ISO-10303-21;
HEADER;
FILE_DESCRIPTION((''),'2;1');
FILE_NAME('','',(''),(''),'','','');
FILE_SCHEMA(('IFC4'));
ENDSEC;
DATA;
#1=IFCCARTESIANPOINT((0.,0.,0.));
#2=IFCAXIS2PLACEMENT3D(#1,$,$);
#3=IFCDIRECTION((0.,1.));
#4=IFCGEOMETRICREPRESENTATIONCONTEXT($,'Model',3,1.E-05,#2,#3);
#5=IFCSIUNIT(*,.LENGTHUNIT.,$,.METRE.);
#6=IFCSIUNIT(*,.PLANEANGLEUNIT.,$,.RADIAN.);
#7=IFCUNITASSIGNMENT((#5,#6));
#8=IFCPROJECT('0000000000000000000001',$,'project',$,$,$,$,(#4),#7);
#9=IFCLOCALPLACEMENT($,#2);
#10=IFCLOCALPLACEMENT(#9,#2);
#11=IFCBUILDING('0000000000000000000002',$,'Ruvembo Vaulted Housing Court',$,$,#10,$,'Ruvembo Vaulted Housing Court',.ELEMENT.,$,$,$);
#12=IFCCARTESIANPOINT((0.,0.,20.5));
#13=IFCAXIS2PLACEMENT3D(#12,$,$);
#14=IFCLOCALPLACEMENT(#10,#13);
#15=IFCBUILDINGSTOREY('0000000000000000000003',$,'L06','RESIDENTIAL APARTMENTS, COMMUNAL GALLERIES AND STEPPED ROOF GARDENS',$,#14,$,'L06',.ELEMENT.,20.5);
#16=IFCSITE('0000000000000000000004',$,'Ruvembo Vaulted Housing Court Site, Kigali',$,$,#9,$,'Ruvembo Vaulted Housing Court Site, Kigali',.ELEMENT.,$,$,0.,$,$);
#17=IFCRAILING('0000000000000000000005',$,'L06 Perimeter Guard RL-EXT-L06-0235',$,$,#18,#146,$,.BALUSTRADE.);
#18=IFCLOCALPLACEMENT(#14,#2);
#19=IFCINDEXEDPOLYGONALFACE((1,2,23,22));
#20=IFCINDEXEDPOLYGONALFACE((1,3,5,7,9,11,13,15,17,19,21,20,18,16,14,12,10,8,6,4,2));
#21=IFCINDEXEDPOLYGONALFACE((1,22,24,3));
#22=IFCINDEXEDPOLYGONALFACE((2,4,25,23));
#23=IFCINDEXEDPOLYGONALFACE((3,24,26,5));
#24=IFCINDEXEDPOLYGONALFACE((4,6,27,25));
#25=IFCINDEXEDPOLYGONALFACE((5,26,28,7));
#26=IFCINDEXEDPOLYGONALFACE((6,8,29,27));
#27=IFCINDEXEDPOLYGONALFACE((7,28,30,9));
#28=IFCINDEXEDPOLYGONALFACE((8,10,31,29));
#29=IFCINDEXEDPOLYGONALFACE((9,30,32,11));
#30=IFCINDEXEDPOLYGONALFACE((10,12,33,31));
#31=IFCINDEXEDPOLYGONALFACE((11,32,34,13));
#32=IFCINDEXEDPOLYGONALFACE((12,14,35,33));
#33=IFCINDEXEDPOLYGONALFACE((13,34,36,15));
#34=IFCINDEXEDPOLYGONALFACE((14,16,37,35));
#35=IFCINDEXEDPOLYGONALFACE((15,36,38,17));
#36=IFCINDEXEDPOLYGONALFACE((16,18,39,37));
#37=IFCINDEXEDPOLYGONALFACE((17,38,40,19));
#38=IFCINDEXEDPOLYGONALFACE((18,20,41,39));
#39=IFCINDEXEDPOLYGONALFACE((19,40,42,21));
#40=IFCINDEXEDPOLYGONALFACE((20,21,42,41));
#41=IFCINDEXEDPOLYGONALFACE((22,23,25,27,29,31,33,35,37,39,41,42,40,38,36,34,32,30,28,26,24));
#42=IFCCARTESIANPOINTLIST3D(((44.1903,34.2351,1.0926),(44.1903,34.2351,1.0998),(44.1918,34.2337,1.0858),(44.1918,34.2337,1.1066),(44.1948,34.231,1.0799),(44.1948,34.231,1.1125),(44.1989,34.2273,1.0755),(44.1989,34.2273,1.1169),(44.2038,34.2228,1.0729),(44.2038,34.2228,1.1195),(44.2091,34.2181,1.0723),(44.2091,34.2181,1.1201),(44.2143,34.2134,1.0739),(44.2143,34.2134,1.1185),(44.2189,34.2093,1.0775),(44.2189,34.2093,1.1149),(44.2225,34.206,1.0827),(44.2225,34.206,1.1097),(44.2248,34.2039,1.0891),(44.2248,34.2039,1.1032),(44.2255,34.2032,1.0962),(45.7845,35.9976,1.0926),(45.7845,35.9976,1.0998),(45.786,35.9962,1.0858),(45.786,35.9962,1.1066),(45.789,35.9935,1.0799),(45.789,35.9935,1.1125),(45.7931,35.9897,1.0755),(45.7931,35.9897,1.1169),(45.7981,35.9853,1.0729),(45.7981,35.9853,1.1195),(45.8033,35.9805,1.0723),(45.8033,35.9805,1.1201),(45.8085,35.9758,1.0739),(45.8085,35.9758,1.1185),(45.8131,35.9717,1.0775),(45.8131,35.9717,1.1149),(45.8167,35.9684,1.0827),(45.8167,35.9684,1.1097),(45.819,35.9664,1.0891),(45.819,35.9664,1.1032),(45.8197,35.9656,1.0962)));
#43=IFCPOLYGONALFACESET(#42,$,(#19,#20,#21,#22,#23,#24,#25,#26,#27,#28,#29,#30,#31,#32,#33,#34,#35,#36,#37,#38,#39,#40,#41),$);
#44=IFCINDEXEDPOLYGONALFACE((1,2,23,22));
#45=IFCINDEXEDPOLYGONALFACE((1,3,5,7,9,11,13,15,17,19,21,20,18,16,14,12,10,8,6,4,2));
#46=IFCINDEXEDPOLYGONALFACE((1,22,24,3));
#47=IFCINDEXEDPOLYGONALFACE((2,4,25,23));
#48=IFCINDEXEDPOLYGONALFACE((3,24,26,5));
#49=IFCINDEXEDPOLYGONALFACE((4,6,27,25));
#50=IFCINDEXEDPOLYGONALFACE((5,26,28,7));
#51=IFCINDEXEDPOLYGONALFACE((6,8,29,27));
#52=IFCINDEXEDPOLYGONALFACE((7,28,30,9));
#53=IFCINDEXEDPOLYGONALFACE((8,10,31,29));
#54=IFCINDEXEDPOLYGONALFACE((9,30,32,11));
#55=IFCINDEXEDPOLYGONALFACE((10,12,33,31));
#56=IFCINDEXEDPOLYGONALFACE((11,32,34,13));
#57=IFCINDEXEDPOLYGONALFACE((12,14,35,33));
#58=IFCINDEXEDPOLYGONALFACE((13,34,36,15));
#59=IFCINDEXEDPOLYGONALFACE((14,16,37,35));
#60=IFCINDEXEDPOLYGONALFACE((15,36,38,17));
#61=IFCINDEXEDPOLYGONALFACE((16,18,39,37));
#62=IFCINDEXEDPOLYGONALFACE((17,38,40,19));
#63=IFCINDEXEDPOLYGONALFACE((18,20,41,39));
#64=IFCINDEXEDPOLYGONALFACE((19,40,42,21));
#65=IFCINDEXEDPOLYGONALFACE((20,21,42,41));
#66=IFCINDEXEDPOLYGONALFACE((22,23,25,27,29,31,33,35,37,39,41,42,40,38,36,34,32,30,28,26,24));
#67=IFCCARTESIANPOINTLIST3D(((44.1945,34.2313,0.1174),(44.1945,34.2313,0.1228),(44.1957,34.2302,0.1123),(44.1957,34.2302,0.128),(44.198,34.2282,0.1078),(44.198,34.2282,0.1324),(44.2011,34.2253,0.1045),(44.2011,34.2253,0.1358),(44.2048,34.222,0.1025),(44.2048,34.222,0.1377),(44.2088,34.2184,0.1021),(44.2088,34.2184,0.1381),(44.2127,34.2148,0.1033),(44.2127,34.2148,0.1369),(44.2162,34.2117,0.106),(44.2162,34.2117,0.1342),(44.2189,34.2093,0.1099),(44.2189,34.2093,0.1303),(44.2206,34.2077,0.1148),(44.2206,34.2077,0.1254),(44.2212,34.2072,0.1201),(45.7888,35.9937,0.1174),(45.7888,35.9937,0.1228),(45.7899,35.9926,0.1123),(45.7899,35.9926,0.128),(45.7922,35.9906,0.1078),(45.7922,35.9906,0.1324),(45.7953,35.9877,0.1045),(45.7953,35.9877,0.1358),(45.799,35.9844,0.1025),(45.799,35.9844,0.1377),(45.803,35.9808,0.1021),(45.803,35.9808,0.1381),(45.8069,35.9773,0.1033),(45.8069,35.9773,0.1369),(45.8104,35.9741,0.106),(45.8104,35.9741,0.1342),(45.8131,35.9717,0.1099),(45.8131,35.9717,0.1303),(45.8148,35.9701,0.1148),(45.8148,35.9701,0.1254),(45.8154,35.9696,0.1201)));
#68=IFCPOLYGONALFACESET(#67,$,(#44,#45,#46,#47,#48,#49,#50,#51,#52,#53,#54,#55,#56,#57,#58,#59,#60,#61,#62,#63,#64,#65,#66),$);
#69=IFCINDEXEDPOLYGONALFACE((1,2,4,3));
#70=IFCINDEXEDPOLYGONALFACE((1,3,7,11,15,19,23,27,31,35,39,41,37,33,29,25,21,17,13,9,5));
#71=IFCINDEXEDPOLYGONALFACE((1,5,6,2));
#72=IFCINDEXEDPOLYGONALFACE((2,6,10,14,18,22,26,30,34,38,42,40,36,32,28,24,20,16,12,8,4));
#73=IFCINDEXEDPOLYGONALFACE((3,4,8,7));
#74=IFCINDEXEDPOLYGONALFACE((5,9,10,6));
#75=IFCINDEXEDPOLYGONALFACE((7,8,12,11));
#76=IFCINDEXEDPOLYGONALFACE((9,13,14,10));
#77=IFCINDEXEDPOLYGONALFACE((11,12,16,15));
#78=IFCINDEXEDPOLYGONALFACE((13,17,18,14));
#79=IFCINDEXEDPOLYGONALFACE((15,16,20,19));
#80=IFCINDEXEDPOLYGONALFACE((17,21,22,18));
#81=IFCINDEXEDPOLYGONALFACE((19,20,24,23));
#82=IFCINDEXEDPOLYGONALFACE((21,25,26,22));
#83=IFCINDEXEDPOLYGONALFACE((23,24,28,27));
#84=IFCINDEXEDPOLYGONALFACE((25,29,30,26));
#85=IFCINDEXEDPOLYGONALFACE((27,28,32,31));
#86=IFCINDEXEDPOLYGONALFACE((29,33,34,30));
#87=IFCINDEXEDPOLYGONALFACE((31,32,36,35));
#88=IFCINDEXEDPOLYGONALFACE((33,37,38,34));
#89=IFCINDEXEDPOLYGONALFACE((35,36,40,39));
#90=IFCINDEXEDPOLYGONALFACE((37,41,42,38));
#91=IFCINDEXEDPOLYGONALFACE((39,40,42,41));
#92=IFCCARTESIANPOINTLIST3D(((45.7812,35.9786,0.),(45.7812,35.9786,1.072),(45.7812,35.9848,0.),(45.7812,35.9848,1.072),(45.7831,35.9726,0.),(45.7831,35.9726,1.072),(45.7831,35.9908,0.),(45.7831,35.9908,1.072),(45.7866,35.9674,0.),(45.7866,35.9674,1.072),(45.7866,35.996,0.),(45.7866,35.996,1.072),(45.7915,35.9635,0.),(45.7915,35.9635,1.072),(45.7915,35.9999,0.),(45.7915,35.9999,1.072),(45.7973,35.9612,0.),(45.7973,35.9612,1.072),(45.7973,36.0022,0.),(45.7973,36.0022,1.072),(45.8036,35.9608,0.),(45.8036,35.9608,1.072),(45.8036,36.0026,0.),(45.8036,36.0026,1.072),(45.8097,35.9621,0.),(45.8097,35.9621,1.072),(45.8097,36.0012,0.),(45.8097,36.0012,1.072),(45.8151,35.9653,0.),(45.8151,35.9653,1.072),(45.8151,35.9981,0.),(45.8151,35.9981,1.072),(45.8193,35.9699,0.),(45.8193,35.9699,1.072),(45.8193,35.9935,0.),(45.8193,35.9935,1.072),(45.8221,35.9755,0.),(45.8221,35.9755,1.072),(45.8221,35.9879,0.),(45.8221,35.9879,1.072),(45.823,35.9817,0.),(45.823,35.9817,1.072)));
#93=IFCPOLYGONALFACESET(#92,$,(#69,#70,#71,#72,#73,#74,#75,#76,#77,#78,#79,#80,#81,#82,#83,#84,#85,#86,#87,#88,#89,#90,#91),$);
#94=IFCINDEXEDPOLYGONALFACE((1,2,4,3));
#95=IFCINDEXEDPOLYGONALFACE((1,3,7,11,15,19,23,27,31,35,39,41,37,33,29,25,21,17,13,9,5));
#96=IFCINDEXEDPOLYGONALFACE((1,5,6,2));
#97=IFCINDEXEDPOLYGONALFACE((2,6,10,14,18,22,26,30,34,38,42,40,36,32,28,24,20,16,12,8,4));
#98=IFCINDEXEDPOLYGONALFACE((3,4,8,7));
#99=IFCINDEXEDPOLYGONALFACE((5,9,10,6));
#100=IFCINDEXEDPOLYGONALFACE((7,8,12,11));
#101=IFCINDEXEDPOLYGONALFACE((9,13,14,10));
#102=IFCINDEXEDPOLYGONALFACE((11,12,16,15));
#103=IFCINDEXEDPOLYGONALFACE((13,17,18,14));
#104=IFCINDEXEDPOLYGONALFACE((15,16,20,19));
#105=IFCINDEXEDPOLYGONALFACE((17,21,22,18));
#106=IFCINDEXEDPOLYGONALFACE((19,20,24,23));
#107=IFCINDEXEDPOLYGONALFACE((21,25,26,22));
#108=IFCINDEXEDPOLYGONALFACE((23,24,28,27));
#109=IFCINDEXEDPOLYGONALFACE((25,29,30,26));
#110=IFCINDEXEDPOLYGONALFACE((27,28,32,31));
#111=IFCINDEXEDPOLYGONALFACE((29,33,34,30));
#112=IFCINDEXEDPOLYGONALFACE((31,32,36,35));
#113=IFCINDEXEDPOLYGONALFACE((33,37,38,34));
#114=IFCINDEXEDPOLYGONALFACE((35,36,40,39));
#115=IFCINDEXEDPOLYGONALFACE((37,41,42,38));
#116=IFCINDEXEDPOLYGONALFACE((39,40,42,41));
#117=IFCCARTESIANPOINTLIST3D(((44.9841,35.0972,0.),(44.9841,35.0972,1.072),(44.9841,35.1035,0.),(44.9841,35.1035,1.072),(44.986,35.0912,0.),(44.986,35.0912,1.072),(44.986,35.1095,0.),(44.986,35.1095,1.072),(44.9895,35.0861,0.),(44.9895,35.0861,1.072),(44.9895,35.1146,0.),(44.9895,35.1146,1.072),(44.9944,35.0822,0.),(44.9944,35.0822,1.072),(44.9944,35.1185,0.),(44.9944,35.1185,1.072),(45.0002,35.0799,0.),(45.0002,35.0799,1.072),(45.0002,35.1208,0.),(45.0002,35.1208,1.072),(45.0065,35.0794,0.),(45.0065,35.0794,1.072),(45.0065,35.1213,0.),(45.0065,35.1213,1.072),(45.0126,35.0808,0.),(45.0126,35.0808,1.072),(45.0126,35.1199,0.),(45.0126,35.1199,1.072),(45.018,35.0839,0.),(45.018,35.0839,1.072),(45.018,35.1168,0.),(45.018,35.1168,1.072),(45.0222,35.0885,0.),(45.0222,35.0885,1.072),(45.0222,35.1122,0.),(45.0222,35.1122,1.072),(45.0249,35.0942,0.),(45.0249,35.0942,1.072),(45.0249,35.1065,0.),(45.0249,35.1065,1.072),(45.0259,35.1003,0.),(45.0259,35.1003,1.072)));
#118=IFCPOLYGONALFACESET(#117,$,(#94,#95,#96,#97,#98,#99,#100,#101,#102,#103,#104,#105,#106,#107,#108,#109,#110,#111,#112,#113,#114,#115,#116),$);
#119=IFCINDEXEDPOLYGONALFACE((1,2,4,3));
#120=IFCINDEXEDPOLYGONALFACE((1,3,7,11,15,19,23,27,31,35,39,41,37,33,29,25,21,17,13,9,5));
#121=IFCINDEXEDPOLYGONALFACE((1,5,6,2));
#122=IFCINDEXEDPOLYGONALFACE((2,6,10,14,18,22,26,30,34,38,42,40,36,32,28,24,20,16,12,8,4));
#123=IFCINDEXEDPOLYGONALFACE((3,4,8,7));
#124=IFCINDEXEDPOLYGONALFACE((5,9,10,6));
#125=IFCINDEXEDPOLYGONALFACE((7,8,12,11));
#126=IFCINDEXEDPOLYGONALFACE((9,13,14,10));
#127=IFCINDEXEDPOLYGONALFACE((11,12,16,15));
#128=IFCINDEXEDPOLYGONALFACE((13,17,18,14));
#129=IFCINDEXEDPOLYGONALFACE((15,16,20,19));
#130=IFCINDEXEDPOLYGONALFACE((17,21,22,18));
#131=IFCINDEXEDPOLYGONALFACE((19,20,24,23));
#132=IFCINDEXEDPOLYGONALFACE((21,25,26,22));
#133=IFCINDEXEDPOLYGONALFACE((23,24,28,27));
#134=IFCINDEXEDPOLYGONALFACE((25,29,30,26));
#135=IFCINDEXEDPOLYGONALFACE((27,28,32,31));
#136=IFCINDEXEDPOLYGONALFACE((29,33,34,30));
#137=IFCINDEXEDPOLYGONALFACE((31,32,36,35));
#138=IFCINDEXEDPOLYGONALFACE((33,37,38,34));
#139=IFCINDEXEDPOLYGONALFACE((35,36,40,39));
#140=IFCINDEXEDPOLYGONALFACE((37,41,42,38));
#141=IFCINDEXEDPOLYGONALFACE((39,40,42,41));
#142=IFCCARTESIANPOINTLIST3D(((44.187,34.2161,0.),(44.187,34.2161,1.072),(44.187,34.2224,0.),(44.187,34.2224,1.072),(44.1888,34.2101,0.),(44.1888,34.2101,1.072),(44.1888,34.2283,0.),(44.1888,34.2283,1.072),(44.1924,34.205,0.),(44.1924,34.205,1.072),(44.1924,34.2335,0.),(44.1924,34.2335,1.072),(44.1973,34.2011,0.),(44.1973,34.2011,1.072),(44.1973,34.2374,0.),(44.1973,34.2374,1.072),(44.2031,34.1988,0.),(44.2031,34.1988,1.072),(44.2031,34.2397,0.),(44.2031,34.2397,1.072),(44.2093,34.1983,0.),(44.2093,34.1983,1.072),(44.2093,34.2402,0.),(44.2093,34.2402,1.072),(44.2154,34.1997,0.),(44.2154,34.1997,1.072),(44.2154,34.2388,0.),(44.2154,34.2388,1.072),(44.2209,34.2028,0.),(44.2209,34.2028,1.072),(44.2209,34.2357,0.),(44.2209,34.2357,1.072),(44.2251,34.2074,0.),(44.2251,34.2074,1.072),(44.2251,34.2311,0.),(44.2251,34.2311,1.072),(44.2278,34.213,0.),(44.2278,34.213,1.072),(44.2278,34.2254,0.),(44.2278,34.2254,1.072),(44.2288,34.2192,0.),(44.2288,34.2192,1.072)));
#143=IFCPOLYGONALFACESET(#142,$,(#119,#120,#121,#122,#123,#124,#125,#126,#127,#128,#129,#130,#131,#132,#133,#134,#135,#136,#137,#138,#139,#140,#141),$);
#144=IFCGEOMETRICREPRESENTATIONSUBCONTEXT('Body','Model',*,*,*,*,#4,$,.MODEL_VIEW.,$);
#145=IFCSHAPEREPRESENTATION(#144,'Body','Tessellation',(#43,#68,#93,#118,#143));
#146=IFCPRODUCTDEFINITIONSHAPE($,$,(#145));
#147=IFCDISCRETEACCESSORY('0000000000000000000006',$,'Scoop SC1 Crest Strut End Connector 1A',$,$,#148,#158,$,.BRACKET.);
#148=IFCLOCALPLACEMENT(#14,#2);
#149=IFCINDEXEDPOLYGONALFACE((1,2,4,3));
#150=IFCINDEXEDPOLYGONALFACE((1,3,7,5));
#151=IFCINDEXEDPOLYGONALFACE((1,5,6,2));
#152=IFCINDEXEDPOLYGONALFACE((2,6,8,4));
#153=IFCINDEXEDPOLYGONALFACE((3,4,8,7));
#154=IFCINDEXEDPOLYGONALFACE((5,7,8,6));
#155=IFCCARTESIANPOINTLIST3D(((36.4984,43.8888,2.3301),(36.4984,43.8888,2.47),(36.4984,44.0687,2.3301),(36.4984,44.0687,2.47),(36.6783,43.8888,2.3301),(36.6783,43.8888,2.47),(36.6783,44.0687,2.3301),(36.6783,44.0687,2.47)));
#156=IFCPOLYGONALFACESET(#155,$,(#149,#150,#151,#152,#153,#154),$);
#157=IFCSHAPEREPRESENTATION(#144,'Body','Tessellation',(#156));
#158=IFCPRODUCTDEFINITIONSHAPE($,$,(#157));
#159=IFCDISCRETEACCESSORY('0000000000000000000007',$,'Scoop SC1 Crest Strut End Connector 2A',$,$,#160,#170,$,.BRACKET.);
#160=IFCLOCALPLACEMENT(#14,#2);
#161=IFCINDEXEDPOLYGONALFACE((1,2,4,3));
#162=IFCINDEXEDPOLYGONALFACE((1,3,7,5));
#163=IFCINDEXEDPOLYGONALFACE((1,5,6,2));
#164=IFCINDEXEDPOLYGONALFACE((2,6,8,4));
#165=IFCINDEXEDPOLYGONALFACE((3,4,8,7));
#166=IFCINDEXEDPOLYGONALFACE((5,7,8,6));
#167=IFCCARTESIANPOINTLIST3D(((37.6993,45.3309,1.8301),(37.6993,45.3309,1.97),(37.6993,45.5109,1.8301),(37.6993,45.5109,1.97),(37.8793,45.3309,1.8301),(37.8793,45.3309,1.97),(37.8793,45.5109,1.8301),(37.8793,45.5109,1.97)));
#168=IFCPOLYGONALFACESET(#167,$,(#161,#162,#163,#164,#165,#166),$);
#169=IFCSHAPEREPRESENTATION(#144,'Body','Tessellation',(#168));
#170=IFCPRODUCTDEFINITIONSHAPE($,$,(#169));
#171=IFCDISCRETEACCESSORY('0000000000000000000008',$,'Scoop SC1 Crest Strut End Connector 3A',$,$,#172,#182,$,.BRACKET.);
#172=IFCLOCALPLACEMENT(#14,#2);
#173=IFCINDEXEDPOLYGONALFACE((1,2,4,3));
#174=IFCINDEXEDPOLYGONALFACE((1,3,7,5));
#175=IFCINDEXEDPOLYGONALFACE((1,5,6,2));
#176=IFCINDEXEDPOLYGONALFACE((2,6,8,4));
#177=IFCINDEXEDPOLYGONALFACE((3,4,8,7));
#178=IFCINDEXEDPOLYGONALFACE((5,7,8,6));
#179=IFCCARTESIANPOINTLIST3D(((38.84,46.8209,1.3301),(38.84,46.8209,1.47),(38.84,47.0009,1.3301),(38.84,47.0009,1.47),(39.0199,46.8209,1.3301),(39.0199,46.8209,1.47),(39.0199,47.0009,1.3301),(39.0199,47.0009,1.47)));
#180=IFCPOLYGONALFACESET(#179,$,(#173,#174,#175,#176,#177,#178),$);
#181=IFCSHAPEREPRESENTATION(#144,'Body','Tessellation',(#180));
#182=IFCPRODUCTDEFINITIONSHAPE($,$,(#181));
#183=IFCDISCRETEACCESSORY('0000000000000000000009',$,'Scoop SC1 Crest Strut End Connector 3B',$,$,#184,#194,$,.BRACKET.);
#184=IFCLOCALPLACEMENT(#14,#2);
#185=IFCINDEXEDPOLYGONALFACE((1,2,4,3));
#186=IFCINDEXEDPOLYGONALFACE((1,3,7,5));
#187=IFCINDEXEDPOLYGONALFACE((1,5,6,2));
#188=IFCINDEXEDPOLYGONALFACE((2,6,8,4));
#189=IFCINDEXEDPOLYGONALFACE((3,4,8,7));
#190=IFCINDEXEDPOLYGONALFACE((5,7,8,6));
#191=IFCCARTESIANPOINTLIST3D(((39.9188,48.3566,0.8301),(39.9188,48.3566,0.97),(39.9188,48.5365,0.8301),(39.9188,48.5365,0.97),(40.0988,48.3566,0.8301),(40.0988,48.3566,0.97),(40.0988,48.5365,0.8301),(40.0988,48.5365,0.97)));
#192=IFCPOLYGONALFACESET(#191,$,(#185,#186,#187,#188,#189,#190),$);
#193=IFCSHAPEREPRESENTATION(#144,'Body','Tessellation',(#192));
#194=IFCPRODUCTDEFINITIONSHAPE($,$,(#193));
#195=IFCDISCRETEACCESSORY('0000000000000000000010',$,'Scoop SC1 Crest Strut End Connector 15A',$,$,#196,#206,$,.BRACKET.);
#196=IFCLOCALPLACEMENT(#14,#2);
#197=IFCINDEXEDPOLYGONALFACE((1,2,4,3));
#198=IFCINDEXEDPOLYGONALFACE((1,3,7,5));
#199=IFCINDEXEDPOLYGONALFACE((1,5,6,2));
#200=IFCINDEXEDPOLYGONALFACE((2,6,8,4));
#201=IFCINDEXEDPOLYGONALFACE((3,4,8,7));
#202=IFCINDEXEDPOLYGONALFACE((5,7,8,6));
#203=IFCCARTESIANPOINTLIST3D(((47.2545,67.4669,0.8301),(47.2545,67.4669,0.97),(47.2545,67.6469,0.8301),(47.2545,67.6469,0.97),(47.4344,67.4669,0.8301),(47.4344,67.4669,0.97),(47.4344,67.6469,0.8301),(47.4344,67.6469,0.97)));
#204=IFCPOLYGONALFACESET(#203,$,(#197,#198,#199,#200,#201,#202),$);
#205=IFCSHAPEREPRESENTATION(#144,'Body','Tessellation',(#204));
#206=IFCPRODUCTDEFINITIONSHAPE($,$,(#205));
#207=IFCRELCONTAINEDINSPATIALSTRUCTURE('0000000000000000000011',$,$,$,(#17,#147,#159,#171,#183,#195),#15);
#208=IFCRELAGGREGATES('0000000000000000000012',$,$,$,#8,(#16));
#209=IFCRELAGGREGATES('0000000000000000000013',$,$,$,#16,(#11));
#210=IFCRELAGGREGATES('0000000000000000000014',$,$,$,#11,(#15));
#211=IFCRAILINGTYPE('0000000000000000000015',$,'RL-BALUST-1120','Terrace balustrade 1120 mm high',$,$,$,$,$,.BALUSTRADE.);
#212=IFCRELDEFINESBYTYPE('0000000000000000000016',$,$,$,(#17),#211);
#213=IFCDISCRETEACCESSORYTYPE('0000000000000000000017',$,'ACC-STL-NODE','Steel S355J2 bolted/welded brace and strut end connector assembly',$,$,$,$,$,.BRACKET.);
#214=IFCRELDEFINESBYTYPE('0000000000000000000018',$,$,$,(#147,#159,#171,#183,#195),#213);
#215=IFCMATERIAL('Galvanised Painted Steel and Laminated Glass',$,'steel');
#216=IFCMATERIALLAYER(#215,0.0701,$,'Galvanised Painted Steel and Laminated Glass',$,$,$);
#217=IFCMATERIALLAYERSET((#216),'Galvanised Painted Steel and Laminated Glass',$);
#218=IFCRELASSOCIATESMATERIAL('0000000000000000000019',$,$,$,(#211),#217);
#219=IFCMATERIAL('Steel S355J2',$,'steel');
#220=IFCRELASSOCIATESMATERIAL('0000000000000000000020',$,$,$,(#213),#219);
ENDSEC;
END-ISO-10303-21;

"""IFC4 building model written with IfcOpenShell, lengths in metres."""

from ifc_helpers import new_model, si_unit, direction, frame, origin, origin_2d, place, context, subcontext, project, spatial, rectangle, circle, extrude, material, layer, layer_set, type_object, element, save


model = new_model("IFC4")

# Units and contexts
model_context = context("Model", 3, precision=1e-05, world=origin(), true_north=direction((0.0, 1.0)))
body_context = subcontext(model_context, "Body", "Model", "MODEL_VIEW")
ifc_project = project(units=[si_unit("LENGTHUNIT", "METRE"), si_unit("PLANEANGLEUNIT", "RADIAN")], contexts=[model_context])

# Site, building, storey
site_placement = place(None, origin())
site = spatial("IfcSite", under=ifc_project, at=site_placement, Name="Ruvembo Vaulted Housing Court Site, Kigali", LongName="Ruvembo Vaulted Housing Court Site, Kigali", CompositionType="ELEMENT", RefElevation=0.0)
building_placement = place(site_placement, origin())
building = spatial("IfcBuilding", under=site, at=building_placement, Name="Ruvembo Vaulted Housing Court", LongName="Ruvembo Vaulted Housing Court", CompositionType="ELEMENT")
storey_placement = place(building_placement, frame((0.0, 0.0, 20.5)))
storey = spatial("IfcBuildingStorey", under=building, at=storey_placement, Name="L06", Description="RESIDENTIAL APARTMENTS, COMMUNAL GALLERIES AND STEPPED ROOF GARDENS", LongName="L06", CompositionType="ELEMENT", Elevation=20.5)

# Shared definitions
ifc_material_1 = material(Name="Steel S355J2", Category="steel")

# Railing
ifc_material_2 = material(Name="Galvanised Painted Steel and Laminated Glass", Category="steel")
ifc_layer_1 = layer(ifc_material_2, 0.0701, Name="Galvanised Painted Steel and Laminated Glass")
ifc_layer_set_1 = layer_set([ifc_layer_1], Name="Galvanised Painted Steel and Laminated Glass")
railing_type = type_object("IfcRailingType", Name="RL-BALUST-1120", Description="Terrace balustrade 1120 mm high", PredefinedType="BALUSTRADE", material=ifc_layer_set_1)
railing_1_placement = place(storey_placement, frame((45.802, 35.9817, 0.0)))
element("IfcRailing", 1, at=railing_1_placement, inside=storey, type_object=railing_type, Name="L06 Perimeter Guard RL-EXT-L06-0235", PredefinedType="BALUSTRADE", context=body_context, shape_type="SweptSolid", body=[
    extrude(circle(Radius=0.0239, at=origin_2d()), frame((0.0, 0.0, 1.0962), z_axis=(-0.67083, -0.741611, 0.0), x_axis=(0.741611, -0.67083, 0.0)), (0.0, 0.0, 1.0), 2.3765),
    extrude(circle(Radius=0.0181, at=origin_2d()), frame((0.0, 0.0, 0.1201), z_axis=(-0.67083, -0.741611, 0.0), x_axis=(0.741611, -0.67083, 0.0)), (0.0, 0.0, 1.0), 2.3765),
    extrude(circle(Radius=0.021, at=origin_2d()), origin(), (0.0, 0.0, 1.0), 1.072),
    extrude(circle(Radius=0.021, at=origin_2d()), frame((-0.7971, -0.8813, 0.0)), (0.0, 0.0, 1.0), 1.072),
    extrude(circle(Radius=0.021, at=origin_2d()), frame((-1.5942, -1.7625, 0.0)), (0.0, 0.0, 1.0), 1.072),
])

# Discrete accessories
discrete_accessory_type = type_object("IfcDiscreteAccessoryType", Name="ACC-STL-NODE", Description="Steel S355J2 bolted/welded brace and strut end connector assembly", PredefinedType="BRACKET", material=ifc_material_1)
for number, where, z_axis, x_axis, name in (
    (2, (36.5884, 43.9788, 2.3301), (0.0, 0.0, 1.0), (1.0, 0.0, 0.0), "Scoop SC1 Crest Strut End Connector 1A"),
    (3, (37.7893, 45.4209, 1.8301), (0.0, 0.0, 1.0), (1.0, 0.0, 0.0), "Scoop SC1 Crest Strut End Connector 2A"),
    (4, (38.9299, 46.9109, 1.3301), (0.0, 0.0, 1.0), (1.0, 0.0, 0.0), "Scoop SC1 Crest Strut End Connector 3A"),
    (5, (40.0088, 48.4465, 0.8301), (0.0, 0.0, 1.0), (1.0, 0.0, 0.0), "Scoop SC1 Crest Strut End Connector 3B"),
    (6, (47.3445, 67.5569, 0.8301), (0.0, 0.0, 1.0), (1.0, 0.0, 0.0), "Scoop SC1 Crest Strut End Connector 15A"),
):
    element("IfcDiscreteAccessory", number, at=place(storey_placement, frame(where, z_axis=z_axis, x_axis=x_axis)), inside=storey, type_object=discrete_accessory_type, Name=name, PredefinedType="BRACKET", context=body_context, shape_type="SweptSolid", body=[
        extrude(rectangle(XDim=0.1799, YDim=0.1799, at=origin_2d()), origin(), (0.0, 0.0, 1.0), 0.1399),
    ])

save(model, "model.ifc")
